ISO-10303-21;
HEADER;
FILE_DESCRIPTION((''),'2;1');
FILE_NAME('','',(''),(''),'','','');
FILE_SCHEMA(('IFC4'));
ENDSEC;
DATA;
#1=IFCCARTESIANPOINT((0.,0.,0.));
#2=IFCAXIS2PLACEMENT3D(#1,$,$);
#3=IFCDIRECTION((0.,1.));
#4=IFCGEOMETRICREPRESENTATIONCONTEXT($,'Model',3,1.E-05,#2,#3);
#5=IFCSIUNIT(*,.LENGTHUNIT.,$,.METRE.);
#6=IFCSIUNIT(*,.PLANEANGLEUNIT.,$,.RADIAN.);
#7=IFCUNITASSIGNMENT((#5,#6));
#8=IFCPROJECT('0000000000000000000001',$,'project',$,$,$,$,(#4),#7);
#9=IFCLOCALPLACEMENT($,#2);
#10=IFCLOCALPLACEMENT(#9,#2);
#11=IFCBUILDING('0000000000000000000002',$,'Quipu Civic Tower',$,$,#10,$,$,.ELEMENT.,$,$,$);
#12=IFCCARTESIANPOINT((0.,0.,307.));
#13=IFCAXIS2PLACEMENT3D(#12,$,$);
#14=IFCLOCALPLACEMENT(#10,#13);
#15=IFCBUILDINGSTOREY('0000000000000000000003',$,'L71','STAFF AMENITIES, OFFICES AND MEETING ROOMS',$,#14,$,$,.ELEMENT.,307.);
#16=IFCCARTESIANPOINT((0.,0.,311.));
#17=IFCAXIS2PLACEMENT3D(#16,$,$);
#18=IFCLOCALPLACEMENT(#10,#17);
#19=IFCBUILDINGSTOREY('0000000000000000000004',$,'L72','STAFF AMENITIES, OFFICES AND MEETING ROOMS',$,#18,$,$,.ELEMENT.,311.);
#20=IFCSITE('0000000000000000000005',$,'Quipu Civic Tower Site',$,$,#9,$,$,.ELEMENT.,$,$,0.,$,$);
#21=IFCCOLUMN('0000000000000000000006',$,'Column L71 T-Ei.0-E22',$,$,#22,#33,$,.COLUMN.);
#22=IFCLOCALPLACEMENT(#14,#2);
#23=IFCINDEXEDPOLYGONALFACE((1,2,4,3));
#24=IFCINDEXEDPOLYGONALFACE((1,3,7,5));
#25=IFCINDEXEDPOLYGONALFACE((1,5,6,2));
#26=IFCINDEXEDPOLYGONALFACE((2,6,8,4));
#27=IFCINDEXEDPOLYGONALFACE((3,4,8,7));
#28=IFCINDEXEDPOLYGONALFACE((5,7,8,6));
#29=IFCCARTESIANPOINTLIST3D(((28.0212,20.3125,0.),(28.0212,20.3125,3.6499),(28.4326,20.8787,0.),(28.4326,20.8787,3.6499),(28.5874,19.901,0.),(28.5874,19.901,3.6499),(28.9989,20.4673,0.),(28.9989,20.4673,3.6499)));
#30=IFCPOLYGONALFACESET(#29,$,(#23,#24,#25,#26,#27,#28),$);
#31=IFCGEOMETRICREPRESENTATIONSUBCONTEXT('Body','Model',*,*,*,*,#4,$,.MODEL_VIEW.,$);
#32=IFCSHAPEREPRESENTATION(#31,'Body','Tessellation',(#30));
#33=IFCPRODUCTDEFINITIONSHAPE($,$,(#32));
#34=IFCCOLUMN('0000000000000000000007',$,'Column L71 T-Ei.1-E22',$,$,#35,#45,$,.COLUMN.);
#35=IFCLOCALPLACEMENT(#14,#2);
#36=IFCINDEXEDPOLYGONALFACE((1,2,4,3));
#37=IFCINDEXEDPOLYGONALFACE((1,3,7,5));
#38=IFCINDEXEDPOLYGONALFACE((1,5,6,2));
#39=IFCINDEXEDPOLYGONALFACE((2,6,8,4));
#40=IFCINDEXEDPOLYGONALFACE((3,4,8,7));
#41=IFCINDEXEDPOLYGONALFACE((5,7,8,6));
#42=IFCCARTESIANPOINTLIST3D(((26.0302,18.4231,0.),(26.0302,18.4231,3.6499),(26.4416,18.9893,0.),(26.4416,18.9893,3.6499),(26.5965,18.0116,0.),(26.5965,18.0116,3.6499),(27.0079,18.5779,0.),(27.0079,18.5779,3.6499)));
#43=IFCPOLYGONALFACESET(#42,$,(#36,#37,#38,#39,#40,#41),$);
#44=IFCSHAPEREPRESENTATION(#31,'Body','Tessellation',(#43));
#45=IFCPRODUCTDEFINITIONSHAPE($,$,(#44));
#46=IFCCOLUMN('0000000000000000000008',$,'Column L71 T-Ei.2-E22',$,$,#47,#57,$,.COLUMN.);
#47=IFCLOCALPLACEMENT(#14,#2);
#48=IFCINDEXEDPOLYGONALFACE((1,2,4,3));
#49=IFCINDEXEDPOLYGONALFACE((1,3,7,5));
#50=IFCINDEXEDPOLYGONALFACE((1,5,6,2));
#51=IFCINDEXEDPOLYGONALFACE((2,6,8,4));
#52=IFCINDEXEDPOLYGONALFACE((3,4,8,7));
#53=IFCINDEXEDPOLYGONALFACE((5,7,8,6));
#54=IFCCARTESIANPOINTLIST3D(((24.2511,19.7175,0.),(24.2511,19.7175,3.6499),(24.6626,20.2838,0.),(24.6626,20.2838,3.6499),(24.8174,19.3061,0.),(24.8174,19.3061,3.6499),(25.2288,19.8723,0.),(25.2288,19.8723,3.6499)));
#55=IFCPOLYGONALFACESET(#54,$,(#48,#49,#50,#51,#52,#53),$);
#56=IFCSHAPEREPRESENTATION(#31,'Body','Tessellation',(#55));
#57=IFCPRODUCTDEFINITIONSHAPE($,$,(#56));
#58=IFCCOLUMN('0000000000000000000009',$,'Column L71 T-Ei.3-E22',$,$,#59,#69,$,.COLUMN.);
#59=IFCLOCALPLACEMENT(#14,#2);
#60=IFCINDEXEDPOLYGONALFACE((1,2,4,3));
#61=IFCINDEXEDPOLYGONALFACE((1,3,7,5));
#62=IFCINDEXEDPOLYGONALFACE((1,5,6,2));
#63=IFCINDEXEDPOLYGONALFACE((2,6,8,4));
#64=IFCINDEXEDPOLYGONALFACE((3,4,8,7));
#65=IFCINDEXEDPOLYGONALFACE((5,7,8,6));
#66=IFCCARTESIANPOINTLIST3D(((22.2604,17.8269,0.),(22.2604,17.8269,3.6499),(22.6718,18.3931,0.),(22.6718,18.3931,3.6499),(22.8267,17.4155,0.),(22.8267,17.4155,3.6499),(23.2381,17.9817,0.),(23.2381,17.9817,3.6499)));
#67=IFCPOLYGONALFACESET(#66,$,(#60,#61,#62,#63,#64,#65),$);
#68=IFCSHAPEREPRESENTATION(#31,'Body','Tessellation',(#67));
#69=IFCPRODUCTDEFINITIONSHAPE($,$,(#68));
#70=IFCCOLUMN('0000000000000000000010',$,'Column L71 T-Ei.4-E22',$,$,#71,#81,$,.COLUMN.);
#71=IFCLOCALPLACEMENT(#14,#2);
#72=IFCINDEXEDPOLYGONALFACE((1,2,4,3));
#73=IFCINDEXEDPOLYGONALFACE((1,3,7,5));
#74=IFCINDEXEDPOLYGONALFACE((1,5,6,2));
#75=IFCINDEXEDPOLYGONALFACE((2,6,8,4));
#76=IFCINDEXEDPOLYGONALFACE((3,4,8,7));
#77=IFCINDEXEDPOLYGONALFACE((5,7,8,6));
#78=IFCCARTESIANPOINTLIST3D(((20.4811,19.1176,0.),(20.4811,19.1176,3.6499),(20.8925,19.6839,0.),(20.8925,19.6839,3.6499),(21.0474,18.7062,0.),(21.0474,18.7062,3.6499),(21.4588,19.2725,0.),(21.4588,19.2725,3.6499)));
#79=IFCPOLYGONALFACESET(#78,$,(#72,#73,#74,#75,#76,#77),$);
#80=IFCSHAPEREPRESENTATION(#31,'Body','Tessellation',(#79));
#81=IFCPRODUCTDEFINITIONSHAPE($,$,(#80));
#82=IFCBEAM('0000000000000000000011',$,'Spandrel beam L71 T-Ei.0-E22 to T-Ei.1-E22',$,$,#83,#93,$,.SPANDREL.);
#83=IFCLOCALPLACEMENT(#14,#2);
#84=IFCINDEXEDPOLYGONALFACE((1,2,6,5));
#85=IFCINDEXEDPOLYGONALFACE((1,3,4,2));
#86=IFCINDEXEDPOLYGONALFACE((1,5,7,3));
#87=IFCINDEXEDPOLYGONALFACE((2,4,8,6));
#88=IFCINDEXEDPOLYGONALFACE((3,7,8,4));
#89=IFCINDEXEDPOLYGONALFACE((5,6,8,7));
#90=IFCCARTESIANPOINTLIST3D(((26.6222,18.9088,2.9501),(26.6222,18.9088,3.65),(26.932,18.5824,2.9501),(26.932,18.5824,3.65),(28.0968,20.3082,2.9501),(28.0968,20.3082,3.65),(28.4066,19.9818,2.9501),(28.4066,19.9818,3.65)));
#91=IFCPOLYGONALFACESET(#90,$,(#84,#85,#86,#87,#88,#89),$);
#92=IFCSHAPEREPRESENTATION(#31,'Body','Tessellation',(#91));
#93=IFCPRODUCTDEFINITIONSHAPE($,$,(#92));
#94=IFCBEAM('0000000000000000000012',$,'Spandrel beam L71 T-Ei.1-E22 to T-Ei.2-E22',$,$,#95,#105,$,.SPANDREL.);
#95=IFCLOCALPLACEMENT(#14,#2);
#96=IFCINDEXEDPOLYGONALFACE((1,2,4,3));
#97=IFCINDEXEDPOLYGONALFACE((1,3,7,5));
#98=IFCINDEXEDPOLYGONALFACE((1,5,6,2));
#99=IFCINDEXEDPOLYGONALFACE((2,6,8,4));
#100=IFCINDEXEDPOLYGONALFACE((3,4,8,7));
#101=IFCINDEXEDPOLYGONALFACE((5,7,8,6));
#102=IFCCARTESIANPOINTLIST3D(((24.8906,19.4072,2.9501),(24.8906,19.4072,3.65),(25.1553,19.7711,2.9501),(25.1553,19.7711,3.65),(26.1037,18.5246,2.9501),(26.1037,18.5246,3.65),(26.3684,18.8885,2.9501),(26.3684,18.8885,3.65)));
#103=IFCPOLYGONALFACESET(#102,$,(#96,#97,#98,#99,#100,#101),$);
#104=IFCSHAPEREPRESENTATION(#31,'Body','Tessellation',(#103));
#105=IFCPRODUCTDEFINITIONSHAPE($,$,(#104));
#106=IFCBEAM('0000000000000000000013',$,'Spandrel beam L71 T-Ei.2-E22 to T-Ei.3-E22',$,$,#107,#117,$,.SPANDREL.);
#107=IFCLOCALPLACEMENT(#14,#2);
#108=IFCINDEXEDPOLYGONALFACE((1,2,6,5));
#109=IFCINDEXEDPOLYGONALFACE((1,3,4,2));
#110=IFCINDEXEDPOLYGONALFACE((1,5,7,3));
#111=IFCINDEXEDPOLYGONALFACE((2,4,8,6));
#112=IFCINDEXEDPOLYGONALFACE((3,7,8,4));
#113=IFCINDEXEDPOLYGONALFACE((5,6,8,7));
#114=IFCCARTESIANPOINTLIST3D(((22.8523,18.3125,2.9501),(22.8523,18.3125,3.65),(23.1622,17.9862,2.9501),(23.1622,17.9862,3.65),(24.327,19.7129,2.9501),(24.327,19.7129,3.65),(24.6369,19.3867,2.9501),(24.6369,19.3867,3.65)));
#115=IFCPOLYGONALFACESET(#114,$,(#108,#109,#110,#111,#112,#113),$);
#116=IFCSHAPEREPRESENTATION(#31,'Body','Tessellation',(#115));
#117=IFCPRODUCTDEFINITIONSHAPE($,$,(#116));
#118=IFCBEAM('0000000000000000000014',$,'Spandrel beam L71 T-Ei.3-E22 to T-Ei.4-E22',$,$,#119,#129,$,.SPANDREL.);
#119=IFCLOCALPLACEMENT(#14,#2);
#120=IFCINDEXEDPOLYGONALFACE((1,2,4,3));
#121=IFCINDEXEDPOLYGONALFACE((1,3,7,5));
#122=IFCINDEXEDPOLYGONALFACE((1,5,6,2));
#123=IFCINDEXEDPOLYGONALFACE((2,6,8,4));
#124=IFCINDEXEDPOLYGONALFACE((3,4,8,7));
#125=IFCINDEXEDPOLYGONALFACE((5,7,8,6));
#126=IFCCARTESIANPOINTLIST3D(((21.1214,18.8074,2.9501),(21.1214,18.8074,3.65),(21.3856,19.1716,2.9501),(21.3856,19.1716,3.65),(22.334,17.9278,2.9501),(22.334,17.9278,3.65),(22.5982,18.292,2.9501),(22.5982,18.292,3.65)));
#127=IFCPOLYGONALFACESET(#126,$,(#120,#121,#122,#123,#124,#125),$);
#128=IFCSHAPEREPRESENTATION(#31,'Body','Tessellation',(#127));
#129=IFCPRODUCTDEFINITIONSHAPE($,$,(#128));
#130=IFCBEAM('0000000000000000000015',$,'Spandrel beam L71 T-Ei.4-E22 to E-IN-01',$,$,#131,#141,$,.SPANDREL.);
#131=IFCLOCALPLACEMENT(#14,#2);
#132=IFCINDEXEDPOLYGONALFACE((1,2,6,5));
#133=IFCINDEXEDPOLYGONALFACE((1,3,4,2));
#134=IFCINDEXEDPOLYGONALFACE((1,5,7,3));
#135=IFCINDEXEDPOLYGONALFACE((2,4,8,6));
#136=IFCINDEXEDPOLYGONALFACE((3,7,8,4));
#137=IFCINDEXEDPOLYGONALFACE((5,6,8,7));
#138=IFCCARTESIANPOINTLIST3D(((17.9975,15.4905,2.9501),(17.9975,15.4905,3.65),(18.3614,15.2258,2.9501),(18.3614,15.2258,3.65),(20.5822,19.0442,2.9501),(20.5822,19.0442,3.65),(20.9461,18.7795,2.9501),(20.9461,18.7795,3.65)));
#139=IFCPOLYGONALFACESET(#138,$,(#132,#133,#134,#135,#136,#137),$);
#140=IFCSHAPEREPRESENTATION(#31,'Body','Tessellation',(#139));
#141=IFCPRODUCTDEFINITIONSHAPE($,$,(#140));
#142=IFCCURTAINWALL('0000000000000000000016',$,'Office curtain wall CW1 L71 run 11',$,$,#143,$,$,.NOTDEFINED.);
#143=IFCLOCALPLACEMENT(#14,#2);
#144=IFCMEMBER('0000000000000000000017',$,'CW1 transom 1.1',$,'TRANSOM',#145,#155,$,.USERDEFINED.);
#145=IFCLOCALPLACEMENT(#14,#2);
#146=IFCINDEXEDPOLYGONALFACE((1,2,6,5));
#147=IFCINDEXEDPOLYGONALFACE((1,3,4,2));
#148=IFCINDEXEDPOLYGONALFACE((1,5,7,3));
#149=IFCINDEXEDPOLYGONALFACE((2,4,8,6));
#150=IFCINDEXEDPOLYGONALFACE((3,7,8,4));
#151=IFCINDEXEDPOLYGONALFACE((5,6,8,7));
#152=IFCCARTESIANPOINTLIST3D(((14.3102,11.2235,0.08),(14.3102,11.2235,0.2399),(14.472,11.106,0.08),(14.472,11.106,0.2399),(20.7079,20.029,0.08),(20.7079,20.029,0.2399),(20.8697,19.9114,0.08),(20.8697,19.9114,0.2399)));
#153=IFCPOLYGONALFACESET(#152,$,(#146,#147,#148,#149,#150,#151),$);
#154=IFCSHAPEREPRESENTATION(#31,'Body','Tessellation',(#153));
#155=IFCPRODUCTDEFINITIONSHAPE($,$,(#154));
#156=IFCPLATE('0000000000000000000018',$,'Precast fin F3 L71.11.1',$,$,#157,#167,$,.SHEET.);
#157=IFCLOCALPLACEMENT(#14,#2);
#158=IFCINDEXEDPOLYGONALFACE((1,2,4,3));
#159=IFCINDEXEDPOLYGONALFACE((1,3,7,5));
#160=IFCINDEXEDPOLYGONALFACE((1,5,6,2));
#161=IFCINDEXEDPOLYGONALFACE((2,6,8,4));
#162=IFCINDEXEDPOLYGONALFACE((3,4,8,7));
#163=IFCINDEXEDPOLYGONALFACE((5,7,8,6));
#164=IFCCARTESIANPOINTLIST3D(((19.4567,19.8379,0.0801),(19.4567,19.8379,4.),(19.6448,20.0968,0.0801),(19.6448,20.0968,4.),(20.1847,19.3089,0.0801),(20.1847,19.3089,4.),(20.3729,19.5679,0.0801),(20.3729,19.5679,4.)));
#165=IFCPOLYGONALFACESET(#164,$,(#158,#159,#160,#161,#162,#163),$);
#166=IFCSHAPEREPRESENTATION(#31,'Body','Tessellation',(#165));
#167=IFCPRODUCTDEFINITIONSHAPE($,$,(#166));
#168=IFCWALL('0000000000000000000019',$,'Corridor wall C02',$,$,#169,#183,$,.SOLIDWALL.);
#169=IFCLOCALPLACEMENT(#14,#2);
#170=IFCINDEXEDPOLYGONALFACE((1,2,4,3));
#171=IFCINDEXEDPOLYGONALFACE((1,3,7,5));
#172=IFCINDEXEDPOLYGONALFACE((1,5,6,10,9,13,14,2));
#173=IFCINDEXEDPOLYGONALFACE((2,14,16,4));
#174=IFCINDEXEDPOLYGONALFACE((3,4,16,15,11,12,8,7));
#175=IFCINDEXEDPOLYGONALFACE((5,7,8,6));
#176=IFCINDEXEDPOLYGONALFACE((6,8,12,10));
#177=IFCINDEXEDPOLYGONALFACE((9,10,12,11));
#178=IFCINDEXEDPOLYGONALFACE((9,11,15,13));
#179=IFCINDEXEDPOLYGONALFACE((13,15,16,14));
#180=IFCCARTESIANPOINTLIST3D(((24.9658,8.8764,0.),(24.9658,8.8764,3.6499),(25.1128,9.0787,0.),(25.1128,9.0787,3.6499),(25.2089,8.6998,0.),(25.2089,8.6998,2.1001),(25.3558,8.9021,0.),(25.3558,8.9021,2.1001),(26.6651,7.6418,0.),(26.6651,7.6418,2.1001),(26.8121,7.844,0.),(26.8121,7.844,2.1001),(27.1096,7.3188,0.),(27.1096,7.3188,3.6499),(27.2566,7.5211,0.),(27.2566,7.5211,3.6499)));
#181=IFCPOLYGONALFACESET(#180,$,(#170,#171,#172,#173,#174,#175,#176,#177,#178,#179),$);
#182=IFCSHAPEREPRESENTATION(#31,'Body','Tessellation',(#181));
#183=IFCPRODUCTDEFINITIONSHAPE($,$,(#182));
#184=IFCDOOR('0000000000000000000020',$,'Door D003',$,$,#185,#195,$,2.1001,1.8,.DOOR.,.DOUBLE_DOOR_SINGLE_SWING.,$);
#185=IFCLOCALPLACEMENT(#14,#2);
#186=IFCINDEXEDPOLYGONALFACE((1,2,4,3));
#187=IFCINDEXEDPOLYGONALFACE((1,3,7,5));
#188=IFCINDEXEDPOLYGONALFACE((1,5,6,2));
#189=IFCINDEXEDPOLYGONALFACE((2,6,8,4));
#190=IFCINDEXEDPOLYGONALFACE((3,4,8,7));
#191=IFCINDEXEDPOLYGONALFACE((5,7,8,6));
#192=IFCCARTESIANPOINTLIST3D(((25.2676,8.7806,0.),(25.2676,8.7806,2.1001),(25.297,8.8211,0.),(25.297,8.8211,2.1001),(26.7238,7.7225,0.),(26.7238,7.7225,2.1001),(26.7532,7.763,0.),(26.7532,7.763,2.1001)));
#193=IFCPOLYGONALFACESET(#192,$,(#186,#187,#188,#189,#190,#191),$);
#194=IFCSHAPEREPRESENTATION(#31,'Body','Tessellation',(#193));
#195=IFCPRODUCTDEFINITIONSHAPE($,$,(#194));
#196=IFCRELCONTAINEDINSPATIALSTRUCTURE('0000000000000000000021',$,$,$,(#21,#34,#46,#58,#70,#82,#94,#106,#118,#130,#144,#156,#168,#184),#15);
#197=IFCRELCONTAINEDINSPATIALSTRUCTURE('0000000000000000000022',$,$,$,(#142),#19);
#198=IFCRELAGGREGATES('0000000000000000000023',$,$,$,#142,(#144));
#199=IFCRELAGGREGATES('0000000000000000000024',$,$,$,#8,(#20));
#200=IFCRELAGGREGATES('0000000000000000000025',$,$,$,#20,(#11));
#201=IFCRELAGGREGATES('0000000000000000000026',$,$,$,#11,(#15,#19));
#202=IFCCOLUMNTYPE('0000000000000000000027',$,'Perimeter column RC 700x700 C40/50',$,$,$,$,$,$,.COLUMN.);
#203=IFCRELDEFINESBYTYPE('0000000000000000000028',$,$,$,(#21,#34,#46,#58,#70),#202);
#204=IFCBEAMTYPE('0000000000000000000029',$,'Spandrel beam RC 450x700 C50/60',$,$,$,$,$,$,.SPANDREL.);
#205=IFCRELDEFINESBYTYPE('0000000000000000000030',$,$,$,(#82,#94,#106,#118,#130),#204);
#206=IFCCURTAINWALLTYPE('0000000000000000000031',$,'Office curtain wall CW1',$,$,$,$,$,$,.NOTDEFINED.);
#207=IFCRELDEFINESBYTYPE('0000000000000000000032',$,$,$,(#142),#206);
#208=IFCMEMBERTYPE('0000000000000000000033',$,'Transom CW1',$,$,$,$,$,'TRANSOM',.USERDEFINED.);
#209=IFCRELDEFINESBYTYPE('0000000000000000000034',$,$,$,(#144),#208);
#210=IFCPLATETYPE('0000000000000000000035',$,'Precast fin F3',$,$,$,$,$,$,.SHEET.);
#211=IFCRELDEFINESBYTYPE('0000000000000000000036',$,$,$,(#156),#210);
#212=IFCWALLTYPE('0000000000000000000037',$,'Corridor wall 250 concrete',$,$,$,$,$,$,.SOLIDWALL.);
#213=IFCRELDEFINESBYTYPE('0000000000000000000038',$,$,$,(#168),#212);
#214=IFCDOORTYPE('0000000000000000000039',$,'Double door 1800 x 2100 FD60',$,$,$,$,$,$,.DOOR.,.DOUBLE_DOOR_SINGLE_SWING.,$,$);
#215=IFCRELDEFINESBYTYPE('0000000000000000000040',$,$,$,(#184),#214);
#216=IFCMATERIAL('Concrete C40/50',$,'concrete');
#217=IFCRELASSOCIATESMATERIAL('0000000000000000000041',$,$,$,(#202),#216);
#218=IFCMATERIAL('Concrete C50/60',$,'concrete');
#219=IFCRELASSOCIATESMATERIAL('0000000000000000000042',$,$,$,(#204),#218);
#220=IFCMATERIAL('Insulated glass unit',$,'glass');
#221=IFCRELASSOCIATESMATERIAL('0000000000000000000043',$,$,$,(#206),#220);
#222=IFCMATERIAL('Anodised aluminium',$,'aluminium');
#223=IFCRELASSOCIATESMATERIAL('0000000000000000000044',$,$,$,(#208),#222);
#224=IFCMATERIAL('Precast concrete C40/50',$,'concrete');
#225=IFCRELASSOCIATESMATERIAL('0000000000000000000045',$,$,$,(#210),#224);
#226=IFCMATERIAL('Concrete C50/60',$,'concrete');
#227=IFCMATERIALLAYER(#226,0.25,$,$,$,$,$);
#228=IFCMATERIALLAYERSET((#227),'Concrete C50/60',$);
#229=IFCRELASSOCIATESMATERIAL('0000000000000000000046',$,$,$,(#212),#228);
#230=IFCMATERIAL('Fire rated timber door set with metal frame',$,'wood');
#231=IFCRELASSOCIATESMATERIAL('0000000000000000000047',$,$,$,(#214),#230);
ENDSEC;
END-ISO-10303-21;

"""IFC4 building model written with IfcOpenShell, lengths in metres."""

from ifc_helpers import new_model, si_unit, direction, frame, frame_2d, origin, origin_2d, place, context, subcontext, project, spatial, rectangle, extrude, material, layer, layer_set, material_profile, profile_set, type_object, element, fill, aggregate, save


model = new_model("IFC4")

# Units and contexts
model_context = context("Model", 3, precision=1e-05, world=origin(), true_north=direction((0.0, 1.0)))
body_context = subcontext(model_context, "Body", "Model", "MODEL_VIEW")
ifc_project = project(units=[si_unit("LENGTHUNIT", "METRE"), si_unit("PLANEANGLEUNIT", "RADIAN")], contexts=[model_context])

# Site, building, storey
site_placement = place(None, origin())
site = spatial("IfcSite", under=ifc_project, at=site_placement, Name="Quipu Civic Tower Site", CompositionType="ELEMENT", RefElevation=0.0)
building_placement = place(site_placement, origin())
building = spatial("IfcBuilding", under=site, at=building_placement, Name="Quipu Civic Tower", CompositionType="ELEMENT")
storey_1_placement = place(building_placement, frame((0.0, 0.0, 307.0)))
storey_1 = spatial("IfcBuildingStorey", under=building, at=storey_1_placement, Name="L71", Description="STAFF AMENITIES, OFFICES AND MEETING ROOMS", CompositionType="ELEMENT", Elevation=307.0)

# Columns
ifc_material_1 = material(Name="Concrete C40/50", Category="concrete")
ifc_material_profile_1 = material_profile(ifc_material_1, rectangle(XDim=0.7, YDim=0.7, at=origin_2d()), Name="RC700x700")
ifc_profile_set_1 = profile_set([ifc_material_profile_1], Name="Concrete C40/50")
column_type = type_object("IfcColumnType", Name="Perimeter column RC 700x700 C40/50", PredefinedType="COLUMN", material=ifc_profile_set_1)
for number, where, z_axis, x_axis, name in (
    (1, (28.51, 20.3899, 0.0), (0.0, 0.0, 1.0), (-0.587785, -0.809017, 0.0), "Column L71 T-Ei.0-E22"),
    (2, (26.519, 18.5005, 0.0), (0.0, 0.0, 1.0), (-0.809017, 0.587785, 0.0), "Column L71 T-Ei.1-E22"),
    (3, (24.74, 19.7949, 0.0), (0.0, 0.0, 1.0), (-0.587785, -0.809017, 0.0), "Column L71 T-Ei.2-E22"),
    (4, (22.7493, 17.9043, 0.0), (0.0, 0.0, 1.0), (-0.587785, -0.809017, 0.0), "Column L71 T-Ei.3-E22"),
    (5, (20.97, 19.1951, 0.0), (0.0, 0.0, 1.0), (-0.587785, -0.809017, 0.0), "Column L71 T-Ei.4-E22"),
):
    element("IfcColumn", number, at=place(storey_1_placement, frame(where, z_axis=z_axis, x_axis=x_axis)), inside=storey_1, type_object=column_type, Name=name, PredefinedType="COLUMN", context=body_context, shape_type="SweptSolid", body=[
        extrude(rectangle(XDim=0.7, YDim=0.7, at=origin_2d()), origin(), (0.0, 0.0, 1.0), 3.6499),
    ])

# Beams
ifc_material_2 = material(Name="Concrete C50/60", Category="concrete")
ifc_material_profile_2 = material_profile(ifc_material_2, rectangle(XDim=0.45, YDim=0.7, at=origin_2d()), Name="RC450x700")
ifc_profile_set_2 = profile_set([ifc_material_profile_2], Name="Concrete C50/60")
beam_type = type_object("IfcBeamType", Name="Spandrel beam RC 450x700 C50/60", PredefinedType="SPANDREL", material=ifc_profile_set_2)
beam_1_placement = place(storey_1_placement, frame((28.2517, 20.145, 3.3), z_axis=(-0.725359, -0.688371, 0.0), x_axis=(0.688371, -0.725359, 0.0)))
element("IfcBeam", 6, at=beam_1_placement, inside=storey_1, type_object=beam_type, Name="Spandrel beam L71 T-Ei.0-E22 to T-Ei.1-E22", PredefinedType="SPANDREL", context=body_context, shape_type="SweptSolid", body=[
    extrude(rectangle(XDim=0.45, YDim=0.7, at=origin_2d()), origin(), (0.0, 0.0, 1.0), 2.033),
])
beam_2_placement = place(storey_1_placement, frame((26.2361, 18.7065, 3.3), z_axis=(-0.808645, 0.588297, 0.0), x_axis=(-0.588297, -0.808645, 0.0)))
element("IfcBeam", 7, at=beam_2_placement, inside=storey_1, type_object=beam_type, Name="Spandrel beam L71 T-Ei.1-E22 to T-Ei.2-E22", PredefinedType="SPANDREL", context=body_context, shape_type="SweptSolid", body=[
    extrude(rectangle(XDim=0.45, YDim=0.7, at=origin_2d()), origin(), (0.0, 0.0, 1.0), 1.5002),
])
beam_3_placement = place(storey_1_placement, frame((24.4819, 19.5498, 3.3), z_axis=(-0.725119, -0.688623, 0.0), x_axis=(0.688623, -0.725119, 0.0)))
element("IfcBeam", 8, at=beam_3_placement, inside=storey_1, type_object=beam_type, Name="Spandrel beam L71 T-Ei.2-E22 to T-Ei.3-E22", PredefinedType="SPANDREL", context=body_context, shape_type="SweptSolid", body=[
    extrude(rectangle(XDim=0.45, YDim=0.7, at=origin_2d()), origin(), (0.0, 0.0, 1.0), 2.0337),
])
beam_4_placement = place(storey_1_placement, frame((22.4661, 18.1099, 3.3), z_axis=(-0.809461, 0.587173, 0.0), x_axis=(-0.587173, -0.809461, 0.0)))
element("IfcBeam", 9, at=beam_4_placement, inside=storey_1, type_object=beam_type, Name="Spandrel beam L71 T-Ei.3-E22 to T-Ei.4-E22", PredefinedType="SPANDREL", context=body_context, shape_type="SweptSolid", body=[
    extrude(rectangle(XDim=0.45, YDim=0.7, at=origin_2d()), origin(), (0.0, 0.0, 1.0), 1.498),
])
beam_5_placement = place(storey_1_placement, frame((20.7642, 18.9119, 3.3), z_axis=(-0.588201, -0.808714, 0.0), x_axis=(0.808714, -0.588201, 0.0)))
element("IfcBeam", 10, at=beam_5_placement, inside=storey_1, type_object=beam_type, Name="Spandrel beam L71 T-Ei.4-E22 to E-IN-01", PredefinedType="SPANDREL", context=body_context, shape_type="SweptSolid", body=[
    extrude(rectangle(XDim=0.45, YDim=0.7, at=origin_2d()), origin(), (0.0, 0.0, 1.0), 4.3943),
])

# Shared definitions
storey_2_placement = place(building_placement, frame((0.0, 0.0, 311.0)))
storey_2 = spatial("IfcBuildingStorey", under=building, at=storey_2_placement, Name="L72", Description="STAFF AMENITIES, OFFICES AND MEETING ROOMS", CompositionType="ELEMENT", Elevation=311.0)

# Curtain wall, member
ifc_material_3 = material(Name="Insulated glass unit", Category="glass")
curtain_wall_type = type_object("IfcCurtainWallType", Name="Office curtain wall CW1", PredefinedType="NOTDEFINED", material=ifc_material_3)
curtain_wall_placement = place(storey_2_placement, origin())
curtain_wall = element("IfcCurtainWall", 11, at=curtain_wall_placement, inside=storey_2, type_object=curtain_wall_type, Name="Office curtain wall CW1 L71 run 11", PredefinedType="NOTDEFINED")
ifc_material_4 = material(Name="Anodised aluminium", Category="aluminium")
ifc_material_profile_3 = material_profile(ifc_material_4, rectangle(XDim=0.2, YDim=0.1599, at=origin_2d()), Name="RECT 200x160")
ifc_profile_set_3 = profile_set([ifc_material_profile_3], Name="Anodised aluminium")
member_type = type_object("IfcMemberType", Name="Transom CW1", ElementType="TRANSOM", PredefinedType="USERDEFINED", material=ifc_profile_set_3)
member_placement = place(storey_1_placement, frame((20.7888, 19.9702, 0.1599), z_axis=(-0.587797, -0.809009, 0.0), x_axis=(0.809009, -0.587797, 0.0)))
member = element("IfcMember", 12, at=member_placement, inside=storey_1, type_object=member_type, Name="CW1 transom 1.1", ObjectType="TRANSOM", PredefinedType="USERDEFINED", context=body_context, shape_type="SweptSolid", body=[
    extrude(rectangle(XDim=0.2, YDim=0.1599, at=origin_2d()), origin(), (0.0, 0.0, 1.0), 10.8843),
])
aggregate(curtain_wall, [member])

# Plate
ifc_material_5 = material(Name="Precast concrete C40/50", Category="concrete")
plate_type = type_object("IfcPlateType", Name="Precast fin F3", PredefinedType="SHEET", material=ifc_material_5)
plate_placement = place(storey_1_placement, frame((19.9148, 19.7029, 0.0801), z_axis=(0.0, 0.0, 1.0), x_axis=(-0.587784, -0.809018, 0.0)))
element("IfcPlate", 13, at=plate_placement, inside=storey_1, type_object=plate_type, Name="Precast fin F3 L71.11.1", PredefinedType="SHEET", context=body_context, shape_type="SweptSolid", body=[
    extrude(rectangle(XDim=0.3201, YDim=0.8999, at=origin_2d()), origin(), (0.0, 0.0, 1.0), 3.9199),
])

# Wall, opening, door
ifc_material_6 = material(Name="Concrete C50/60", Category="concrete")
ifc_layer_1 = layer(ifc_material_6, 0.25)
ifc_layer_set_1 = layer_set([ifc_layer_1], Name="Concrete C50/60")
wall_type_1 = type_object("IfcWallType", Name="Corridor wall 250 concrete", PredefinedType="SOLIDWALL", material=ifc_layer_set_1)
wall_1_placement = place(storey_1_placement, frame((25.0393, 8.9775, 0.0), z_axis=(0.0, 0.0, 1.0), x_axis=(0.809007, -0.587799, 0.0)))
wall_1 = element("IfcWall", 14, at=wall_1_placement, inside=storey_1, type_object=wall_type_1, Name="Corridor wall C02", PredefinedType="SOLIDWALL", context=body_context, shape_type="SweptSolid", body=[
    extrude(rectangle(XDim=2.6499, YDim=0.25, at=frame_2d((1.325, 0.0))), origin(), (0.0, 0.0, 1.0), 3.6499),
])
opening_placement = place(wall_1_placement, frame((0.3005, 0.0, 0.0)))
opening = element("IfcOpeningElement", 15, at=opening_placement, cuts=wall_1, PredefinedType="OPENING", context=body_context, shape_type="SweptSolid", body=[
    extrude(rectangle(XDim=1.8, YDim=2.1001, at=frame_2d((0.8999, 1.05))), frame((0.0, 0.135, 0.0), z_axis=(0.0, -1.0, 0.0), x_axis=(1.0, 0.0, 0.0)), (0.0, 0.0, 1.0), 0.27),
])
ifc_material_7 = material(Name="Fire rated timber door set with metal frame", Category="wood")
door_type = type_object("IfcDoorType", Name="Double door 1800 x 2100 FD60", OperationType="DOUBLE_DOOR_SINGLE_SWING", PredefinedType="DOOR", material=ifc_material_7)
door_placement = place(opening_placement, origin())
door = element("IfcDoor", 16, at=door_placement, inside=storey_1, type_object=door_type, Name="Door D003", OperationType="DOUBLE_DOOR_SINGLE_SWING", OverallHeight=2.1001, OverallWidth=1.8, PredefinedType="DOOR", context=body_context, shape_type="SweptSolid", body=[
    extrude(rectangle(XDim=1.8, YDim=2.1001, at=frame_2d((0.8999, 1.05))), frame((0.0, 0.0249, 0.0), z_axis=(0.0, -1.0, 0.0), x_axis=(1.0, 0.0, 0.0)), (0.0, 0.0, 1.0), 0.05),
])
fill(opening, door)

save(model, "model.ifc")
